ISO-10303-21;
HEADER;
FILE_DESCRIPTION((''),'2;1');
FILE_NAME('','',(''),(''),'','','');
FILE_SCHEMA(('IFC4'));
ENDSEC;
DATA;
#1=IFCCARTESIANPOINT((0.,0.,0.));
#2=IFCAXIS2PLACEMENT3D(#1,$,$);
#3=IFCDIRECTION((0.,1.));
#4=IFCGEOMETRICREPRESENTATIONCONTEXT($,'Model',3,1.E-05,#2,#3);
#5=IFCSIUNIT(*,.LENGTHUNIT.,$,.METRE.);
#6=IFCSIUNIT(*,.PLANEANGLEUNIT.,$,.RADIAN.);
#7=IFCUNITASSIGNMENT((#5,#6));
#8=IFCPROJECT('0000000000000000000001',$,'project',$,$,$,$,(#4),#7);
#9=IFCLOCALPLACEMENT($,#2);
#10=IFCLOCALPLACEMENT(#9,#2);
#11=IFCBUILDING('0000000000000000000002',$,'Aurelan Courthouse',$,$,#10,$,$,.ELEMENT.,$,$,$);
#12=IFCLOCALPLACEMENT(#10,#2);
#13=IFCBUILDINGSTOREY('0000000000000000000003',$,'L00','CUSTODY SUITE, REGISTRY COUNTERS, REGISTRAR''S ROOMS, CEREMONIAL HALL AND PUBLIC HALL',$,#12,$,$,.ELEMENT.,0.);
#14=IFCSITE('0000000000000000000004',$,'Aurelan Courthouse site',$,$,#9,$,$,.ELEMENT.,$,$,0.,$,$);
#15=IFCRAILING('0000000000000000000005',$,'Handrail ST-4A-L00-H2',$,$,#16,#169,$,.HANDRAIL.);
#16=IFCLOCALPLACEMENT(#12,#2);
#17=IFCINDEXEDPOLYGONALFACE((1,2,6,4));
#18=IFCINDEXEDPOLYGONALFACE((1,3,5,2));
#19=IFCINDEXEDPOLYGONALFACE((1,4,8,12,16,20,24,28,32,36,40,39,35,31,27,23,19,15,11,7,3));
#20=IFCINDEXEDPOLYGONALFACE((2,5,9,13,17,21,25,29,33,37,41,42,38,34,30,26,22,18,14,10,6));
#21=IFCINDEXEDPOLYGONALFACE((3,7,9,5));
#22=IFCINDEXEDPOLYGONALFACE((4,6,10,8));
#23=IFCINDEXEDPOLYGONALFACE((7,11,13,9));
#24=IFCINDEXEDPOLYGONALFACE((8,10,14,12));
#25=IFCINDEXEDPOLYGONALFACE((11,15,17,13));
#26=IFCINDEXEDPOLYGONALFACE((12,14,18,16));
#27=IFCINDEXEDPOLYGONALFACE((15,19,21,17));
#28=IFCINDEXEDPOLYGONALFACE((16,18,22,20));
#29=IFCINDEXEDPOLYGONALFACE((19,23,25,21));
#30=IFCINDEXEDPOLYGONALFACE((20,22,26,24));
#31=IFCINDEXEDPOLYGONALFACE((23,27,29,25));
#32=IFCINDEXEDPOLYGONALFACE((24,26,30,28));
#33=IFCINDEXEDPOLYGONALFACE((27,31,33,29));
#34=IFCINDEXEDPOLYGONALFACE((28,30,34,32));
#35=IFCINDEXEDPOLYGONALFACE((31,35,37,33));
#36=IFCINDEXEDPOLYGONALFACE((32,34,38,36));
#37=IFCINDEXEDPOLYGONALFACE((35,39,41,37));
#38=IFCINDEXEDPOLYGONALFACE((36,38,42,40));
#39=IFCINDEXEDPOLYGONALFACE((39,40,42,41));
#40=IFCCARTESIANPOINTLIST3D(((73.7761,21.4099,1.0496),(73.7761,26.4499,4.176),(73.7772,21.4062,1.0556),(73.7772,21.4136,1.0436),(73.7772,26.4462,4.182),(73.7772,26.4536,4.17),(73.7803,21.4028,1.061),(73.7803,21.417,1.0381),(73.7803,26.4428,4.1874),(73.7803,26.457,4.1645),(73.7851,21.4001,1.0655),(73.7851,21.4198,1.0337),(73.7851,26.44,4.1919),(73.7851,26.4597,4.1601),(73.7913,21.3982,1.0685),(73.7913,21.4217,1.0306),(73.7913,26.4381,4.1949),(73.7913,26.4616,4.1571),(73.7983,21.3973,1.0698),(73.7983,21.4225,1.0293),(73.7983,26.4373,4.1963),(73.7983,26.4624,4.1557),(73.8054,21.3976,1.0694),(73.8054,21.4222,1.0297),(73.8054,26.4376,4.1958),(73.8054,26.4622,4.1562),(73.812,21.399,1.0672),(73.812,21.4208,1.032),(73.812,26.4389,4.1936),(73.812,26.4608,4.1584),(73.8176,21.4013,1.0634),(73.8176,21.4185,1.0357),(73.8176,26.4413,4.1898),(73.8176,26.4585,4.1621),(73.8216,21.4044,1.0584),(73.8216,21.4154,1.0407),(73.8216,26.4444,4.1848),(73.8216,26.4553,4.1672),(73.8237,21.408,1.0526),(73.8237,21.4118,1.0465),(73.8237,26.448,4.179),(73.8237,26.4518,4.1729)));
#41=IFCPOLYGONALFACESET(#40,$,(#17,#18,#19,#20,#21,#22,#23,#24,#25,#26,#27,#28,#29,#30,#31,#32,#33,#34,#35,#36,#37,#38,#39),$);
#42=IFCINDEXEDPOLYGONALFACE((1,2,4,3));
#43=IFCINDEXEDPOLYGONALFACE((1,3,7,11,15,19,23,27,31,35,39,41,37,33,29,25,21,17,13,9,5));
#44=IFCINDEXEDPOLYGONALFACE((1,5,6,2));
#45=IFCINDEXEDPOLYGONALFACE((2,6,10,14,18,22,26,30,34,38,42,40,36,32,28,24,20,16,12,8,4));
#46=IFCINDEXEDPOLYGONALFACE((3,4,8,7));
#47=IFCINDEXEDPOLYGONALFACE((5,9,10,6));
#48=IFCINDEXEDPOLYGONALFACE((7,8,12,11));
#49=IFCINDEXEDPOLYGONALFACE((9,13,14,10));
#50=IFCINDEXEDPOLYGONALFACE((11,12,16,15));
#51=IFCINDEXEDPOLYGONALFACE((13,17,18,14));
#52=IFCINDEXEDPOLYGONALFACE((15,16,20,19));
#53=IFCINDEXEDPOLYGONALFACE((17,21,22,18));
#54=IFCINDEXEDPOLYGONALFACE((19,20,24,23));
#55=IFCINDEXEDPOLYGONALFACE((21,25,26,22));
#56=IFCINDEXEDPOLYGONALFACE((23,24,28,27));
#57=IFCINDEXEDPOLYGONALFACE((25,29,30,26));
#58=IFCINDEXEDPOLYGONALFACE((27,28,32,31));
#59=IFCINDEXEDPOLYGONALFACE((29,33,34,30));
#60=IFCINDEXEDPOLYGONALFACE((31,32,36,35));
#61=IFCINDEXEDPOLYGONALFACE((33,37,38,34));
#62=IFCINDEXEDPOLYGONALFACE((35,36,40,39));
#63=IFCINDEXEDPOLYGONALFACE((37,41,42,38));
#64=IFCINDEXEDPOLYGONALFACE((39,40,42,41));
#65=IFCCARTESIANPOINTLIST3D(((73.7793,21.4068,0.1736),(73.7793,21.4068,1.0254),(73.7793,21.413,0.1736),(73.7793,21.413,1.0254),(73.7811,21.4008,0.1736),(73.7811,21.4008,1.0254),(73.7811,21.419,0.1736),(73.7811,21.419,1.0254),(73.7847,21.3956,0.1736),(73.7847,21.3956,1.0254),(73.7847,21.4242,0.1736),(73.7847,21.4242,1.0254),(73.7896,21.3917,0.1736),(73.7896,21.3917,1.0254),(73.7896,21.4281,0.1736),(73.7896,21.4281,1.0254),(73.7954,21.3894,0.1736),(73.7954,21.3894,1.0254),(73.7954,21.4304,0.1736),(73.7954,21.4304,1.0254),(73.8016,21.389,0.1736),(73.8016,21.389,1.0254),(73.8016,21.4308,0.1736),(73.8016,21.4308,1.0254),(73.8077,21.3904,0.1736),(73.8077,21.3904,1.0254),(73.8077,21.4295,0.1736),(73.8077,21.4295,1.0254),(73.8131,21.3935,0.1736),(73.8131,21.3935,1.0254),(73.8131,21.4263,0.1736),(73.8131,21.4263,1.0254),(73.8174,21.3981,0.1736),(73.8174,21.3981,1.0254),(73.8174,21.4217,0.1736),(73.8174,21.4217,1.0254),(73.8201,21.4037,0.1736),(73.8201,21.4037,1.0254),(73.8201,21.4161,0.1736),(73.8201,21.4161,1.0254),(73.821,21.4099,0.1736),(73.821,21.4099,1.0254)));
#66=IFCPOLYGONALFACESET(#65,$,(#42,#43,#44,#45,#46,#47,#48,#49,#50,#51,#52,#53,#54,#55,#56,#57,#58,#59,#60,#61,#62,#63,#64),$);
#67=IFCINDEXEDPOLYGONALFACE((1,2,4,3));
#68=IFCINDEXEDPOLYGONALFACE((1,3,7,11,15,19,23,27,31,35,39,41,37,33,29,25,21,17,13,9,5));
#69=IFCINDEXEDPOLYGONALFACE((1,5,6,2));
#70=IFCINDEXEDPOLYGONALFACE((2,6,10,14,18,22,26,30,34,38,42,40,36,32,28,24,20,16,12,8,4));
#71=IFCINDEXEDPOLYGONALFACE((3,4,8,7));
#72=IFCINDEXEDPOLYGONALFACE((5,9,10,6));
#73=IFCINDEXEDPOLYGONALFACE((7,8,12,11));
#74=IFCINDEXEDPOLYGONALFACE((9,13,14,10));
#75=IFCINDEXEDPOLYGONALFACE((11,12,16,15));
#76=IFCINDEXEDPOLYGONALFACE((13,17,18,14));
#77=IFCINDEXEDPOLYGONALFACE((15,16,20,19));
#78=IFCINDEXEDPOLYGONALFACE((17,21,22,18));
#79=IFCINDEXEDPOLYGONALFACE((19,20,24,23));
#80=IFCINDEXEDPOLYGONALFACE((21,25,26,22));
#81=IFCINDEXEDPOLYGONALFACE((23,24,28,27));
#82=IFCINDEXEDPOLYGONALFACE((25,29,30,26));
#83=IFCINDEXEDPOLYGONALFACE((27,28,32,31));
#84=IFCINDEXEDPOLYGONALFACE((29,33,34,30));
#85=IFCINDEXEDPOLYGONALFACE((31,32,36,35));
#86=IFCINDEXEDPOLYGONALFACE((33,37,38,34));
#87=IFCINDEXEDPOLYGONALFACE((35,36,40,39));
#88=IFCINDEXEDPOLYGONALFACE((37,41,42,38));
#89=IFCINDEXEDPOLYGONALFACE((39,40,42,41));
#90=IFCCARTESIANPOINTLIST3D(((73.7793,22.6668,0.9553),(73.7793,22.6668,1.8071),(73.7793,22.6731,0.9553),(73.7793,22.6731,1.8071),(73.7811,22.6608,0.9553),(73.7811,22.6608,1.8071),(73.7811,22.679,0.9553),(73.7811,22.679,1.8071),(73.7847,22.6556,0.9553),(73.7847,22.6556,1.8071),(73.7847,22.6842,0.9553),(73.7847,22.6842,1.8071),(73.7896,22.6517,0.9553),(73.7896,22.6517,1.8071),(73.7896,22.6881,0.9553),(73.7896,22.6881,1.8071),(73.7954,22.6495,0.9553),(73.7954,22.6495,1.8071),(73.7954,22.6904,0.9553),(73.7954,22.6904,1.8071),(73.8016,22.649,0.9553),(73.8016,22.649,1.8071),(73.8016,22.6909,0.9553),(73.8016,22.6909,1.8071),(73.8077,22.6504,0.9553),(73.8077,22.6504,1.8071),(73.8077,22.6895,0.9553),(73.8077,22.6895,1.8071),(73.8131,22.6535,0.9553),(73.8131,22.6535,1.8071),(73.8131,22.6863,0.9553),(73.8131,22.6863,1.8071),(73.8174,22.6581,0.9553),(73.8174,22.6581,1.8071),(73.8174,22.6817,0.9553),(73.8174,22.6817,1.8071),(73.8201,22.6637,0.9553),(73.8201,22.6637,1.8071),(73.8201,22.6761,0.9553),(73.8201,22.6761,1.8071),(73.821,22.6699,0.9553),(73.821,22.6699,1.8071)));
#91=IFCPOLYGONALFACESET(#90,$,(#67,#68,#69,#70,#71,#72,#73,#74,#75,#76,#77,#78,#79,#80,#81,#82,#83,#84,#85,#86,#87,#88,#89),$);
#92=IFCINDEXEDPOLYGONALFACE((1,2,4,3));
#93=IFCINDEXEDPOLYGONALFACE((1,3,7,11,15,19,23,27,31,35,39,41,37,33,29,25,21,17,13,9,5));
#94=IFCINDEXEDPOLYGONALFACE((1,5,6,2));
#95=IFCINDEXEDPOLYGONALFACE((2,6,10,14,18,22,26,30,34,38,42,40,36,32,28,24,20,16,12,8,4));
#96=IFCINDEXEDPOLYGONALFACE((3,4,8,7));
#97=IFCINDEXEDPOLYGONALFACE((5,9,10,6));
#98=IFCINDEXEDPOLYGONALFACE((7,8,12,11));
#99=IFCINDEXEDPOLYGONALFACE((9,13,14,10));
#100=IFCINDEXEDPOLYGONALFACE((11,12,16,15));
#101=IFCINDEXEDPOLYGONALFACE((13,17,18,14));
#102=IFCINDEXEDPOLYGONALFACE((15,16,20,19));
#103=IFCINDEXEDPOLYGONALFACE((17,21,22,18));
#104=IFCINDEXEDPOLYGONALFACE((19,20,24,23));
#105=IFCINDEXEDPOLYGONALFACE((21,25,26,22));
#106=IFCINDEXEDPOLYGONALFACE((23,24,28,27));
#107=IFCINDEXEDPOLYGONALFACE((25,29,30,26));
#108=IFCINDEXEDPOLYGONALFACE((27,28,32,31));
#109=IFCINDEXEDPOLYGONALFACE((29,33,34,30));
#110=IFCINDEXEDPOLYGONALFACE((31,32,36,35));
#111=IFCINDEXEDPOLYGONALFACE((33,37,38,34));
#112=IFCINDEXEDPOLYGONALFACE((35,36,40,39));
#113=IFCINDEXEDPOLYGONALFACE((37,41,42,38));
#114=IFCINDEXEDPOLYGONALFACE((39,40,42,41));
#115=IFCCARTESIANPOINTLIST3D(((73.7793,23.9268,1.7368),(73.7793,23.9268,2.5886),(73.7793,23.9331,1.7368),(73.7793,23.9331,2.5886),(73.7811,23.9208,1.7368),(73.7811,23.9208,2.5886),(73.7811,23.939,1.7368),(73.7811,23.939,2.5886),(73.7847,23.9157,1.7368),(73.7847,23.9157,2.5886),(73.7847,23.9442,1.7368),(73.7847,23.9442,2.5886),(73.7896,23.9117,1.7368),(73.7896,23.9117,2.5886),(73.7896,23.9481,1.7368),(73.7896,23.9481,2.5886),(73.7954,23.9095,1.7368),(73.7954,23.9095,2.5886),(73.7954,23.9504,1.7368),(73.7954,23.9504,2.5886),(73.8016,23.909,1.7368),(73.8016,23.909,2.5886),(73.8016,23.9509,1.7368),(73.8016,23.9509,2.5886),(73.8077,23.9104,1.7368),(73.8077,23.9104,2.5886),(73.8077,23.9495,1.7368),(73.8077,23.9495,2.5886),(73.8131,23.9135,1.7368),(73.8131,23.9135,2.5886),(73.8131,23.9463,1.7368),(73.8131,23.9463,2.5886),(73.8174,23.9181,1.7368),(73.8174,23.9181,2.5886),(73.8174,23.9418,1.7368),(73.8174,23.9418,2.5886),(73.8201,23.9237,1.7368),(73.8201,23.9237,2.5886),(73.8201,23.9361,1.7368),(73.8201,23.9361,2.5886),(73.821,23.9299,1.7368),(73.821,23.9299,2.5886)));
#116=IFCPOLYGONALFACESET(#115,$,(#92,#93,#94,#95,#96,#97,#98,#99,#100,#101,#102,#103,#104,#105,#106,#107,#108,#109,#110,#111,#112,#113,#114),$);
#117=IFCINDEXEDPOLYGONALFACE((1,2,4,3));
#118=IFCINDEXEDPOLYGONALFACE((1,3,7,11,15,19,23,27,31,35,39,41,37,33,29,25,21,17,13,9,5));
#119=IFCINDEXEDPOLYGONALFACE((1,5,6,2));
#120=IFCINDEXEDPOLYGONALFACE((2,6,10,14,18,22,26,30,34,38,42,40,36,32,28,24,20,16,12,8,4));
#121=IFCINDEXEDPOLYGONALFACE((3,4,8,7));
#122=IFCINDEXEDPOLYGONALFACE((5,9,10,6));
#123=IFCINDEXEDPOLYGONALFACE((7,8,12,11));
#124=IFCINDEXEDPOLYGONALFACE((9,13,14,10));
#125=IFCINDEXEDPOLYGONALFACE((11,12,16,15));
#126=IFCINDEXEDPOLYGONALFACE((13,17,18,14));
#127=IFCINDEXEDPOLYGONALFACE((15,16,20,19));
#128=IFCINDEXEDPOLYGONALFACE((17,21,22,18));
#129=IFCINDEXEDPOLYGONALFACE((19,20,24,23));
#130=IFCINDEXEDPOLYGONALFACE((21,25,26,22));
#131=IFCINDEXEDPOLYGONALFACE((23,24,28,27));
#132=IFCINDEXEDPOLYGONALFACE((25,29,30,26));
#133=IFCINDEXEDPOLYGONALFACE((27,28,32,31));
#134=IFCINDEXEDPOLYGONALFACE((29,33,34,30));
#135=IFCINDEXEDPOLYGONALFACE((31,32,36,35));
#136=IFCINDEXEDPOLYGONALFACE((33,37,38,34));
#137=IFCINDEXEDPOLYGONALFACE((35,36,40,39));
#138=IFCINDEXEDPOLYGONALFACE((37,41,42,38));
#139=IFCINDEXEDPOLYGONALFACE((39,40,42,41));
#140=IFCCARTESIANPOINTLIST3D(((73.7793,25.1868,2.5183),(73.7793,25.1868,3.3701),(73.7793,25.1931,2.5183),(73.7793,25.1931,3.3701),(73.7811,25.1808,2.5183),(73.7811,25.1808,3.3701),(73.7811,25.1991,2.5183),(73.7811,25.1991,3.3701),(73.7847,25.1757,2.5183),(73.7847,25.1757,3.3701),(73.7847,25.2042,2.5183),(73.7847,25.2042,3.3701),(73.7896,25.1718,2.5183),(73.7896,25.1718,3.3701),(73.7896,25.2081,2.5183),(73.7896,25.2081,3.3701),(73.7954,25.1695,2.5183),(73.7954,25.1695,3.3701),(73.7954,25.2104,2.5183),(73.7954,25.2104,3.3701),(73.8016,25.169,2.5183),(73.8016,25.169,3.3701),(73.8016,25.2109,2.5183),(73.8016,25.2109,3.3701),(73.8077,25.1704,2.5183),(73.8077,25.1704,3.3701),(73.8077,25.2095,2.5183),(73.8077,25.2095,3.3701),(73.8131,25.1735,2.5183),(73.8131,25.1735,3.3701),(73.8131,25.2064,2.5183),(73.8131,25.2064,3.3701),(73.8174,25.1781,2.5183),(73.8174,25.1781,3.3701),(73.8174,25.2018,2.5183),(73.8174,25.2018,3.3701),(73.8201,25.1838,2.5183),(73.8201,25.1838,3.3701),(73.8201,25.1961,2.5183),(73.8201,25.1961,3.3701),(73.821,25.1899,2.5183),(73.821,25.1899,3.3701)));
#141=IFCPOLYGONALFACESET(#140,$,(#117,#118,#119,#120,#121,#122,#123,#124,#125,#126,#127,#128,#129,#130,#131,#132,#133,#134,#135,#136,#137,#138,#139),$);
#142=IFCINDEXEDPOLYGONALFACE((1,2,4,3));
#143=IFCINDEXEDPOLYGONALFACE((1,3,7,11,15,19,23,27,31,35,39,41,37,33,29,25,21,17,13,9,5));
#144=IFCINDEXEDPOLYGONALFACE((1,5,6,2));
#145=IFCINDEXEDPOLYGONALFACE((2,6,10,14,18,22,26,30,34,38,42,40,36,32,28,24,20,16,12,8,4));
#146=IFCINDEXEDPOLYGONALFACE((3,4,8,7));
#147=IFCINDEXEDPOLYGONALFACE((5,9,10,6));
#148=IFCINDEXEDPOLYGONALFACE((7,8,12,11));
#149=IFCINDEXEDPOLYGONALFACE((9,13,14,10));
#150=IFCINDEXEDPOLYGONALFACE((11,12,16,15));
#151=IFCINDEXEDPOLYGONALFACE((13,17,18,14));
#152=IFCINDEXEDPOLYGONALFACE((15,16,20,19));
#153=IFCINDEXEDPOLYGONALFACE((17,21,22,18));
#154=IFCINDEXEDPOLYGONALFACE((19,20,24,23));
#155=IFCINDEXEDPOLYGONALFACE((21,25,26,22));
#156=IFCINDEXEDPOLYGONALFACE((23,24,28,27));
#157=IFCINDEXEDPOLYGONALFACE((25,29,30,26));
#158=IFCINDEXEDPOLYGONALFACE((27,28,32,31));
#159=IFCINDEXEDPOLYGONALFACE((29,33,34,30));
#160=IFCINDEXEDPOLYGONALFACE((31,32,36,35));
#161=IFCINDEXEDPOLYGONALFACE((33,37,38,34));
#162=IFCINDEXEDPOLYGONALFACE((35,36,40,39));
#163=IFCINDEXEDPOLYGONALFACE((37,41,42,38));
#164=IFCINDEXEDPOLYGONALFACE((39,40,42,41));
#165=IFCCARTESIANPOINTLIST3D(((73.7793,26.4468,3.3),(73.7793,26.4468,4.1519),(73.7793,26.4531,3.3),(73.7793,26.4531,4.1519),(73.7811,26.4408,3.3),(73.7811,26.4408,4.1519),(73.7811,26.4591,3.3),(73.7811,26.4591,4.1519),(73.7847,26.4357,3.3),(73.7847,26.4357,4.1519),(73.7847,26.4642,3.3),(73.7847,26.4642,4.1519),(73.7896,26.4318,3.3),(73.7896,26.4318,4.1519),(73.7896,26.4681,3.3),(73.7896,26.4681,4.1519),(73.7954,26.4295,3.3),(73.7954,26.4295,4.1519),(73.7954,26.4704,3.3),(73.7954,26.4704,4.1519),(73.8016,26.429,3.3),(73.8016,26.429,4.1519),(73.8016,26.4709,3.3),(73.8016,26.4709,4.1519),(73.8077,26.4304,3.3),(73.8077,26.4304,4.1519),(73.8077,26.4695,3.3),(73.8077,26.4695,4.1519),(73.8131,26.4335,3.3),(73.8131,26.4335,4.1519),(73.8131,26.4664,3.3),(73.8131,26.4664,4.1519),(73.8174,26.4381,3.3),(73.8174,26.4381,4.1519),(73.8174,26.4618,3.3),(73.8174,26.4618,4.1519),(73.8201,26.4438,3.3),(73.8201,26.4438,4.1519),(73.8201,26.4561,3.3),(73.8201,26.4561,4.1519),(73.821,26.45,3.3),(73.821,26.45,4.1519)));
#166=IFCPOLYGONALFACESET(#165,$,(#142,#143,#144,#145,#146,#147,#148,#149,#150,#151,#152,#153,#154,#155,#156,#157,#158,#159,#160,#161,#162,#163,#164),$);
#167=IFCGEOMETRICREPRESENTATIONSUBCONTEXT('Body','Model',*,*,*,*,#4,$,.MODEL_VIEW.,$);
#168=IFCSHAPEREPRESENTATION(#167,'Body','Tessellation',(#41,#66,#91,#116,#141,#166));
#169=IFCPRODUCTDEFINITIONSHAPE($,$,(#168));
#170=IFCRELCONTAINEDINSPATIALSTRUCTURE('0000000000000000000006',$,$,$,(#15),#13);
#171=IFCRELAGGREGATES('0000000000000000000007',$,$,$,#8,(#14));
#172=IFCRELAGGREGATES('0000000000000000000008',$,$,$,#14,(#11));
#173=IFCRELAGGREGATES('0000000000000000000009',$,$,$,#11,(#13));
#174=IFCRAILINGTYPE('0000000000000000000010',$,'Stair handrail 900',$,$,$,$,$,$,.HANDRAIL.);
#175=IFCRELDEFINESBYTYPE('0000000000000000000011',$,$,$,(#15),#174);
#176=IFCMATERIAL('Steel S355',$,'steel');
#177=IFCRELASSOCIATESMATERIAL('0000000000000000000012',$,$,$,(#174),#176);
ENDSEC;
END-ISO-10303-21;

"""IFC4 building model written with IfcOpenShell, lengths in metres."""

from ifc_helpers import new_model, si_unit, direction, frame, origin, origin_2d, place, context, subcontext, project, spatial, circle, extrude, material, type_object, element, save


model = new_model("IFC4")

# Units and contexts
model_context = context("Model", 3, precision=1e-05, world=origin(), true_north=direction((0.0, 1.0)))
body_context = subcontext(model_context, "Body", "Model", "MODEL_VIEW")
ifc_project = project(units=[si_unit("LENGTHUNIT", "METRE"), si_unit("PLANEANGLEUNIT", "RADIAN")], contexts=[model_context])

# Site, building, storey
site_placement = place(None, origin())
site = spatial("IfcSite", under=ifc_project, at=site_placement, Name="Aurelan Courthouse site", CompositionType="ELEMENT", RefElevation=0.0)
building_placement = place(site_placement, origin())
building = spatial("IfcBuilding", under=site, at=building_placement, Name="Aurelan Courthouse", CompositionType="ELEMENT")
storey_placement = place(building_placement, origin())
storey = spatial("IfcBuildingStorey", under=building, at=storey_placement, Name="L00", Description="CUSTODY SUITE, REGISTRY COUNTERS, REGISTRAR'S ROOMS, CEREMONIAL HALL AND PUBLIC HALL", CompositionType="ELEMENT", Elevation=0.0)

# Railing
ifc_material_1 = material(Name="Steel S355", Category="steel")
railing_type_1 = type_object("IfcRailingType", Name="Stair handrail 900", PredefinedType="HANDRAIL", material=ifc_material_1)
for number, where, name in (
    (1, (73.8, 21.4099, 0.1736), "Handrail ST-4A-L00-H2"),
):
    element("IfcRailing", number, at=place(storey_placement, frame(where)), inside=storey, type_object=railing_type_1, Name=name, PredefinedType="HANDRAIL", context=body_context, shape_type="SweptSolid", body=[
        extrude(circle(Radius=0.0239, at=origin_2d()), frame((0.0, 0.0, 0.876), z_axis=(0.0, 0.849779, 0.527139), x_axis=(-1.0, 0.0, 0.0)), (0.0, 0.0, 1.0), 5.9309),
        extrude(circle(Radius=0.021, at=origin_2d()), origin(), (0.0, 0.0, 1.0), 0.8518),
        extrude(circle(Radius=0.021, at=origin_2d()), frame((0.0, 1.26, 0.7817)), (0.0, 0.0, 1.0), 0.8518),
        extrude(circle(Radius=0.021, at=origin_2d()), frame((0.0, 2.52, 1.5632)), (0.0, 0.0, 1.0), 0.8518),
        extrude(circle(Radius=0.021, at=origin_2d()), frame((0.0, 3.78, 2.3447)), (0.0, 0.0, 1.0), 0.8518),
        extrude(circle(Radius=0.021, at=origin_2d()), frame((0.0, 5.04, 3.1265)), (0.0, 0.0, 1.0), 0.8518),
    ])

save(model, "model.ifc")
